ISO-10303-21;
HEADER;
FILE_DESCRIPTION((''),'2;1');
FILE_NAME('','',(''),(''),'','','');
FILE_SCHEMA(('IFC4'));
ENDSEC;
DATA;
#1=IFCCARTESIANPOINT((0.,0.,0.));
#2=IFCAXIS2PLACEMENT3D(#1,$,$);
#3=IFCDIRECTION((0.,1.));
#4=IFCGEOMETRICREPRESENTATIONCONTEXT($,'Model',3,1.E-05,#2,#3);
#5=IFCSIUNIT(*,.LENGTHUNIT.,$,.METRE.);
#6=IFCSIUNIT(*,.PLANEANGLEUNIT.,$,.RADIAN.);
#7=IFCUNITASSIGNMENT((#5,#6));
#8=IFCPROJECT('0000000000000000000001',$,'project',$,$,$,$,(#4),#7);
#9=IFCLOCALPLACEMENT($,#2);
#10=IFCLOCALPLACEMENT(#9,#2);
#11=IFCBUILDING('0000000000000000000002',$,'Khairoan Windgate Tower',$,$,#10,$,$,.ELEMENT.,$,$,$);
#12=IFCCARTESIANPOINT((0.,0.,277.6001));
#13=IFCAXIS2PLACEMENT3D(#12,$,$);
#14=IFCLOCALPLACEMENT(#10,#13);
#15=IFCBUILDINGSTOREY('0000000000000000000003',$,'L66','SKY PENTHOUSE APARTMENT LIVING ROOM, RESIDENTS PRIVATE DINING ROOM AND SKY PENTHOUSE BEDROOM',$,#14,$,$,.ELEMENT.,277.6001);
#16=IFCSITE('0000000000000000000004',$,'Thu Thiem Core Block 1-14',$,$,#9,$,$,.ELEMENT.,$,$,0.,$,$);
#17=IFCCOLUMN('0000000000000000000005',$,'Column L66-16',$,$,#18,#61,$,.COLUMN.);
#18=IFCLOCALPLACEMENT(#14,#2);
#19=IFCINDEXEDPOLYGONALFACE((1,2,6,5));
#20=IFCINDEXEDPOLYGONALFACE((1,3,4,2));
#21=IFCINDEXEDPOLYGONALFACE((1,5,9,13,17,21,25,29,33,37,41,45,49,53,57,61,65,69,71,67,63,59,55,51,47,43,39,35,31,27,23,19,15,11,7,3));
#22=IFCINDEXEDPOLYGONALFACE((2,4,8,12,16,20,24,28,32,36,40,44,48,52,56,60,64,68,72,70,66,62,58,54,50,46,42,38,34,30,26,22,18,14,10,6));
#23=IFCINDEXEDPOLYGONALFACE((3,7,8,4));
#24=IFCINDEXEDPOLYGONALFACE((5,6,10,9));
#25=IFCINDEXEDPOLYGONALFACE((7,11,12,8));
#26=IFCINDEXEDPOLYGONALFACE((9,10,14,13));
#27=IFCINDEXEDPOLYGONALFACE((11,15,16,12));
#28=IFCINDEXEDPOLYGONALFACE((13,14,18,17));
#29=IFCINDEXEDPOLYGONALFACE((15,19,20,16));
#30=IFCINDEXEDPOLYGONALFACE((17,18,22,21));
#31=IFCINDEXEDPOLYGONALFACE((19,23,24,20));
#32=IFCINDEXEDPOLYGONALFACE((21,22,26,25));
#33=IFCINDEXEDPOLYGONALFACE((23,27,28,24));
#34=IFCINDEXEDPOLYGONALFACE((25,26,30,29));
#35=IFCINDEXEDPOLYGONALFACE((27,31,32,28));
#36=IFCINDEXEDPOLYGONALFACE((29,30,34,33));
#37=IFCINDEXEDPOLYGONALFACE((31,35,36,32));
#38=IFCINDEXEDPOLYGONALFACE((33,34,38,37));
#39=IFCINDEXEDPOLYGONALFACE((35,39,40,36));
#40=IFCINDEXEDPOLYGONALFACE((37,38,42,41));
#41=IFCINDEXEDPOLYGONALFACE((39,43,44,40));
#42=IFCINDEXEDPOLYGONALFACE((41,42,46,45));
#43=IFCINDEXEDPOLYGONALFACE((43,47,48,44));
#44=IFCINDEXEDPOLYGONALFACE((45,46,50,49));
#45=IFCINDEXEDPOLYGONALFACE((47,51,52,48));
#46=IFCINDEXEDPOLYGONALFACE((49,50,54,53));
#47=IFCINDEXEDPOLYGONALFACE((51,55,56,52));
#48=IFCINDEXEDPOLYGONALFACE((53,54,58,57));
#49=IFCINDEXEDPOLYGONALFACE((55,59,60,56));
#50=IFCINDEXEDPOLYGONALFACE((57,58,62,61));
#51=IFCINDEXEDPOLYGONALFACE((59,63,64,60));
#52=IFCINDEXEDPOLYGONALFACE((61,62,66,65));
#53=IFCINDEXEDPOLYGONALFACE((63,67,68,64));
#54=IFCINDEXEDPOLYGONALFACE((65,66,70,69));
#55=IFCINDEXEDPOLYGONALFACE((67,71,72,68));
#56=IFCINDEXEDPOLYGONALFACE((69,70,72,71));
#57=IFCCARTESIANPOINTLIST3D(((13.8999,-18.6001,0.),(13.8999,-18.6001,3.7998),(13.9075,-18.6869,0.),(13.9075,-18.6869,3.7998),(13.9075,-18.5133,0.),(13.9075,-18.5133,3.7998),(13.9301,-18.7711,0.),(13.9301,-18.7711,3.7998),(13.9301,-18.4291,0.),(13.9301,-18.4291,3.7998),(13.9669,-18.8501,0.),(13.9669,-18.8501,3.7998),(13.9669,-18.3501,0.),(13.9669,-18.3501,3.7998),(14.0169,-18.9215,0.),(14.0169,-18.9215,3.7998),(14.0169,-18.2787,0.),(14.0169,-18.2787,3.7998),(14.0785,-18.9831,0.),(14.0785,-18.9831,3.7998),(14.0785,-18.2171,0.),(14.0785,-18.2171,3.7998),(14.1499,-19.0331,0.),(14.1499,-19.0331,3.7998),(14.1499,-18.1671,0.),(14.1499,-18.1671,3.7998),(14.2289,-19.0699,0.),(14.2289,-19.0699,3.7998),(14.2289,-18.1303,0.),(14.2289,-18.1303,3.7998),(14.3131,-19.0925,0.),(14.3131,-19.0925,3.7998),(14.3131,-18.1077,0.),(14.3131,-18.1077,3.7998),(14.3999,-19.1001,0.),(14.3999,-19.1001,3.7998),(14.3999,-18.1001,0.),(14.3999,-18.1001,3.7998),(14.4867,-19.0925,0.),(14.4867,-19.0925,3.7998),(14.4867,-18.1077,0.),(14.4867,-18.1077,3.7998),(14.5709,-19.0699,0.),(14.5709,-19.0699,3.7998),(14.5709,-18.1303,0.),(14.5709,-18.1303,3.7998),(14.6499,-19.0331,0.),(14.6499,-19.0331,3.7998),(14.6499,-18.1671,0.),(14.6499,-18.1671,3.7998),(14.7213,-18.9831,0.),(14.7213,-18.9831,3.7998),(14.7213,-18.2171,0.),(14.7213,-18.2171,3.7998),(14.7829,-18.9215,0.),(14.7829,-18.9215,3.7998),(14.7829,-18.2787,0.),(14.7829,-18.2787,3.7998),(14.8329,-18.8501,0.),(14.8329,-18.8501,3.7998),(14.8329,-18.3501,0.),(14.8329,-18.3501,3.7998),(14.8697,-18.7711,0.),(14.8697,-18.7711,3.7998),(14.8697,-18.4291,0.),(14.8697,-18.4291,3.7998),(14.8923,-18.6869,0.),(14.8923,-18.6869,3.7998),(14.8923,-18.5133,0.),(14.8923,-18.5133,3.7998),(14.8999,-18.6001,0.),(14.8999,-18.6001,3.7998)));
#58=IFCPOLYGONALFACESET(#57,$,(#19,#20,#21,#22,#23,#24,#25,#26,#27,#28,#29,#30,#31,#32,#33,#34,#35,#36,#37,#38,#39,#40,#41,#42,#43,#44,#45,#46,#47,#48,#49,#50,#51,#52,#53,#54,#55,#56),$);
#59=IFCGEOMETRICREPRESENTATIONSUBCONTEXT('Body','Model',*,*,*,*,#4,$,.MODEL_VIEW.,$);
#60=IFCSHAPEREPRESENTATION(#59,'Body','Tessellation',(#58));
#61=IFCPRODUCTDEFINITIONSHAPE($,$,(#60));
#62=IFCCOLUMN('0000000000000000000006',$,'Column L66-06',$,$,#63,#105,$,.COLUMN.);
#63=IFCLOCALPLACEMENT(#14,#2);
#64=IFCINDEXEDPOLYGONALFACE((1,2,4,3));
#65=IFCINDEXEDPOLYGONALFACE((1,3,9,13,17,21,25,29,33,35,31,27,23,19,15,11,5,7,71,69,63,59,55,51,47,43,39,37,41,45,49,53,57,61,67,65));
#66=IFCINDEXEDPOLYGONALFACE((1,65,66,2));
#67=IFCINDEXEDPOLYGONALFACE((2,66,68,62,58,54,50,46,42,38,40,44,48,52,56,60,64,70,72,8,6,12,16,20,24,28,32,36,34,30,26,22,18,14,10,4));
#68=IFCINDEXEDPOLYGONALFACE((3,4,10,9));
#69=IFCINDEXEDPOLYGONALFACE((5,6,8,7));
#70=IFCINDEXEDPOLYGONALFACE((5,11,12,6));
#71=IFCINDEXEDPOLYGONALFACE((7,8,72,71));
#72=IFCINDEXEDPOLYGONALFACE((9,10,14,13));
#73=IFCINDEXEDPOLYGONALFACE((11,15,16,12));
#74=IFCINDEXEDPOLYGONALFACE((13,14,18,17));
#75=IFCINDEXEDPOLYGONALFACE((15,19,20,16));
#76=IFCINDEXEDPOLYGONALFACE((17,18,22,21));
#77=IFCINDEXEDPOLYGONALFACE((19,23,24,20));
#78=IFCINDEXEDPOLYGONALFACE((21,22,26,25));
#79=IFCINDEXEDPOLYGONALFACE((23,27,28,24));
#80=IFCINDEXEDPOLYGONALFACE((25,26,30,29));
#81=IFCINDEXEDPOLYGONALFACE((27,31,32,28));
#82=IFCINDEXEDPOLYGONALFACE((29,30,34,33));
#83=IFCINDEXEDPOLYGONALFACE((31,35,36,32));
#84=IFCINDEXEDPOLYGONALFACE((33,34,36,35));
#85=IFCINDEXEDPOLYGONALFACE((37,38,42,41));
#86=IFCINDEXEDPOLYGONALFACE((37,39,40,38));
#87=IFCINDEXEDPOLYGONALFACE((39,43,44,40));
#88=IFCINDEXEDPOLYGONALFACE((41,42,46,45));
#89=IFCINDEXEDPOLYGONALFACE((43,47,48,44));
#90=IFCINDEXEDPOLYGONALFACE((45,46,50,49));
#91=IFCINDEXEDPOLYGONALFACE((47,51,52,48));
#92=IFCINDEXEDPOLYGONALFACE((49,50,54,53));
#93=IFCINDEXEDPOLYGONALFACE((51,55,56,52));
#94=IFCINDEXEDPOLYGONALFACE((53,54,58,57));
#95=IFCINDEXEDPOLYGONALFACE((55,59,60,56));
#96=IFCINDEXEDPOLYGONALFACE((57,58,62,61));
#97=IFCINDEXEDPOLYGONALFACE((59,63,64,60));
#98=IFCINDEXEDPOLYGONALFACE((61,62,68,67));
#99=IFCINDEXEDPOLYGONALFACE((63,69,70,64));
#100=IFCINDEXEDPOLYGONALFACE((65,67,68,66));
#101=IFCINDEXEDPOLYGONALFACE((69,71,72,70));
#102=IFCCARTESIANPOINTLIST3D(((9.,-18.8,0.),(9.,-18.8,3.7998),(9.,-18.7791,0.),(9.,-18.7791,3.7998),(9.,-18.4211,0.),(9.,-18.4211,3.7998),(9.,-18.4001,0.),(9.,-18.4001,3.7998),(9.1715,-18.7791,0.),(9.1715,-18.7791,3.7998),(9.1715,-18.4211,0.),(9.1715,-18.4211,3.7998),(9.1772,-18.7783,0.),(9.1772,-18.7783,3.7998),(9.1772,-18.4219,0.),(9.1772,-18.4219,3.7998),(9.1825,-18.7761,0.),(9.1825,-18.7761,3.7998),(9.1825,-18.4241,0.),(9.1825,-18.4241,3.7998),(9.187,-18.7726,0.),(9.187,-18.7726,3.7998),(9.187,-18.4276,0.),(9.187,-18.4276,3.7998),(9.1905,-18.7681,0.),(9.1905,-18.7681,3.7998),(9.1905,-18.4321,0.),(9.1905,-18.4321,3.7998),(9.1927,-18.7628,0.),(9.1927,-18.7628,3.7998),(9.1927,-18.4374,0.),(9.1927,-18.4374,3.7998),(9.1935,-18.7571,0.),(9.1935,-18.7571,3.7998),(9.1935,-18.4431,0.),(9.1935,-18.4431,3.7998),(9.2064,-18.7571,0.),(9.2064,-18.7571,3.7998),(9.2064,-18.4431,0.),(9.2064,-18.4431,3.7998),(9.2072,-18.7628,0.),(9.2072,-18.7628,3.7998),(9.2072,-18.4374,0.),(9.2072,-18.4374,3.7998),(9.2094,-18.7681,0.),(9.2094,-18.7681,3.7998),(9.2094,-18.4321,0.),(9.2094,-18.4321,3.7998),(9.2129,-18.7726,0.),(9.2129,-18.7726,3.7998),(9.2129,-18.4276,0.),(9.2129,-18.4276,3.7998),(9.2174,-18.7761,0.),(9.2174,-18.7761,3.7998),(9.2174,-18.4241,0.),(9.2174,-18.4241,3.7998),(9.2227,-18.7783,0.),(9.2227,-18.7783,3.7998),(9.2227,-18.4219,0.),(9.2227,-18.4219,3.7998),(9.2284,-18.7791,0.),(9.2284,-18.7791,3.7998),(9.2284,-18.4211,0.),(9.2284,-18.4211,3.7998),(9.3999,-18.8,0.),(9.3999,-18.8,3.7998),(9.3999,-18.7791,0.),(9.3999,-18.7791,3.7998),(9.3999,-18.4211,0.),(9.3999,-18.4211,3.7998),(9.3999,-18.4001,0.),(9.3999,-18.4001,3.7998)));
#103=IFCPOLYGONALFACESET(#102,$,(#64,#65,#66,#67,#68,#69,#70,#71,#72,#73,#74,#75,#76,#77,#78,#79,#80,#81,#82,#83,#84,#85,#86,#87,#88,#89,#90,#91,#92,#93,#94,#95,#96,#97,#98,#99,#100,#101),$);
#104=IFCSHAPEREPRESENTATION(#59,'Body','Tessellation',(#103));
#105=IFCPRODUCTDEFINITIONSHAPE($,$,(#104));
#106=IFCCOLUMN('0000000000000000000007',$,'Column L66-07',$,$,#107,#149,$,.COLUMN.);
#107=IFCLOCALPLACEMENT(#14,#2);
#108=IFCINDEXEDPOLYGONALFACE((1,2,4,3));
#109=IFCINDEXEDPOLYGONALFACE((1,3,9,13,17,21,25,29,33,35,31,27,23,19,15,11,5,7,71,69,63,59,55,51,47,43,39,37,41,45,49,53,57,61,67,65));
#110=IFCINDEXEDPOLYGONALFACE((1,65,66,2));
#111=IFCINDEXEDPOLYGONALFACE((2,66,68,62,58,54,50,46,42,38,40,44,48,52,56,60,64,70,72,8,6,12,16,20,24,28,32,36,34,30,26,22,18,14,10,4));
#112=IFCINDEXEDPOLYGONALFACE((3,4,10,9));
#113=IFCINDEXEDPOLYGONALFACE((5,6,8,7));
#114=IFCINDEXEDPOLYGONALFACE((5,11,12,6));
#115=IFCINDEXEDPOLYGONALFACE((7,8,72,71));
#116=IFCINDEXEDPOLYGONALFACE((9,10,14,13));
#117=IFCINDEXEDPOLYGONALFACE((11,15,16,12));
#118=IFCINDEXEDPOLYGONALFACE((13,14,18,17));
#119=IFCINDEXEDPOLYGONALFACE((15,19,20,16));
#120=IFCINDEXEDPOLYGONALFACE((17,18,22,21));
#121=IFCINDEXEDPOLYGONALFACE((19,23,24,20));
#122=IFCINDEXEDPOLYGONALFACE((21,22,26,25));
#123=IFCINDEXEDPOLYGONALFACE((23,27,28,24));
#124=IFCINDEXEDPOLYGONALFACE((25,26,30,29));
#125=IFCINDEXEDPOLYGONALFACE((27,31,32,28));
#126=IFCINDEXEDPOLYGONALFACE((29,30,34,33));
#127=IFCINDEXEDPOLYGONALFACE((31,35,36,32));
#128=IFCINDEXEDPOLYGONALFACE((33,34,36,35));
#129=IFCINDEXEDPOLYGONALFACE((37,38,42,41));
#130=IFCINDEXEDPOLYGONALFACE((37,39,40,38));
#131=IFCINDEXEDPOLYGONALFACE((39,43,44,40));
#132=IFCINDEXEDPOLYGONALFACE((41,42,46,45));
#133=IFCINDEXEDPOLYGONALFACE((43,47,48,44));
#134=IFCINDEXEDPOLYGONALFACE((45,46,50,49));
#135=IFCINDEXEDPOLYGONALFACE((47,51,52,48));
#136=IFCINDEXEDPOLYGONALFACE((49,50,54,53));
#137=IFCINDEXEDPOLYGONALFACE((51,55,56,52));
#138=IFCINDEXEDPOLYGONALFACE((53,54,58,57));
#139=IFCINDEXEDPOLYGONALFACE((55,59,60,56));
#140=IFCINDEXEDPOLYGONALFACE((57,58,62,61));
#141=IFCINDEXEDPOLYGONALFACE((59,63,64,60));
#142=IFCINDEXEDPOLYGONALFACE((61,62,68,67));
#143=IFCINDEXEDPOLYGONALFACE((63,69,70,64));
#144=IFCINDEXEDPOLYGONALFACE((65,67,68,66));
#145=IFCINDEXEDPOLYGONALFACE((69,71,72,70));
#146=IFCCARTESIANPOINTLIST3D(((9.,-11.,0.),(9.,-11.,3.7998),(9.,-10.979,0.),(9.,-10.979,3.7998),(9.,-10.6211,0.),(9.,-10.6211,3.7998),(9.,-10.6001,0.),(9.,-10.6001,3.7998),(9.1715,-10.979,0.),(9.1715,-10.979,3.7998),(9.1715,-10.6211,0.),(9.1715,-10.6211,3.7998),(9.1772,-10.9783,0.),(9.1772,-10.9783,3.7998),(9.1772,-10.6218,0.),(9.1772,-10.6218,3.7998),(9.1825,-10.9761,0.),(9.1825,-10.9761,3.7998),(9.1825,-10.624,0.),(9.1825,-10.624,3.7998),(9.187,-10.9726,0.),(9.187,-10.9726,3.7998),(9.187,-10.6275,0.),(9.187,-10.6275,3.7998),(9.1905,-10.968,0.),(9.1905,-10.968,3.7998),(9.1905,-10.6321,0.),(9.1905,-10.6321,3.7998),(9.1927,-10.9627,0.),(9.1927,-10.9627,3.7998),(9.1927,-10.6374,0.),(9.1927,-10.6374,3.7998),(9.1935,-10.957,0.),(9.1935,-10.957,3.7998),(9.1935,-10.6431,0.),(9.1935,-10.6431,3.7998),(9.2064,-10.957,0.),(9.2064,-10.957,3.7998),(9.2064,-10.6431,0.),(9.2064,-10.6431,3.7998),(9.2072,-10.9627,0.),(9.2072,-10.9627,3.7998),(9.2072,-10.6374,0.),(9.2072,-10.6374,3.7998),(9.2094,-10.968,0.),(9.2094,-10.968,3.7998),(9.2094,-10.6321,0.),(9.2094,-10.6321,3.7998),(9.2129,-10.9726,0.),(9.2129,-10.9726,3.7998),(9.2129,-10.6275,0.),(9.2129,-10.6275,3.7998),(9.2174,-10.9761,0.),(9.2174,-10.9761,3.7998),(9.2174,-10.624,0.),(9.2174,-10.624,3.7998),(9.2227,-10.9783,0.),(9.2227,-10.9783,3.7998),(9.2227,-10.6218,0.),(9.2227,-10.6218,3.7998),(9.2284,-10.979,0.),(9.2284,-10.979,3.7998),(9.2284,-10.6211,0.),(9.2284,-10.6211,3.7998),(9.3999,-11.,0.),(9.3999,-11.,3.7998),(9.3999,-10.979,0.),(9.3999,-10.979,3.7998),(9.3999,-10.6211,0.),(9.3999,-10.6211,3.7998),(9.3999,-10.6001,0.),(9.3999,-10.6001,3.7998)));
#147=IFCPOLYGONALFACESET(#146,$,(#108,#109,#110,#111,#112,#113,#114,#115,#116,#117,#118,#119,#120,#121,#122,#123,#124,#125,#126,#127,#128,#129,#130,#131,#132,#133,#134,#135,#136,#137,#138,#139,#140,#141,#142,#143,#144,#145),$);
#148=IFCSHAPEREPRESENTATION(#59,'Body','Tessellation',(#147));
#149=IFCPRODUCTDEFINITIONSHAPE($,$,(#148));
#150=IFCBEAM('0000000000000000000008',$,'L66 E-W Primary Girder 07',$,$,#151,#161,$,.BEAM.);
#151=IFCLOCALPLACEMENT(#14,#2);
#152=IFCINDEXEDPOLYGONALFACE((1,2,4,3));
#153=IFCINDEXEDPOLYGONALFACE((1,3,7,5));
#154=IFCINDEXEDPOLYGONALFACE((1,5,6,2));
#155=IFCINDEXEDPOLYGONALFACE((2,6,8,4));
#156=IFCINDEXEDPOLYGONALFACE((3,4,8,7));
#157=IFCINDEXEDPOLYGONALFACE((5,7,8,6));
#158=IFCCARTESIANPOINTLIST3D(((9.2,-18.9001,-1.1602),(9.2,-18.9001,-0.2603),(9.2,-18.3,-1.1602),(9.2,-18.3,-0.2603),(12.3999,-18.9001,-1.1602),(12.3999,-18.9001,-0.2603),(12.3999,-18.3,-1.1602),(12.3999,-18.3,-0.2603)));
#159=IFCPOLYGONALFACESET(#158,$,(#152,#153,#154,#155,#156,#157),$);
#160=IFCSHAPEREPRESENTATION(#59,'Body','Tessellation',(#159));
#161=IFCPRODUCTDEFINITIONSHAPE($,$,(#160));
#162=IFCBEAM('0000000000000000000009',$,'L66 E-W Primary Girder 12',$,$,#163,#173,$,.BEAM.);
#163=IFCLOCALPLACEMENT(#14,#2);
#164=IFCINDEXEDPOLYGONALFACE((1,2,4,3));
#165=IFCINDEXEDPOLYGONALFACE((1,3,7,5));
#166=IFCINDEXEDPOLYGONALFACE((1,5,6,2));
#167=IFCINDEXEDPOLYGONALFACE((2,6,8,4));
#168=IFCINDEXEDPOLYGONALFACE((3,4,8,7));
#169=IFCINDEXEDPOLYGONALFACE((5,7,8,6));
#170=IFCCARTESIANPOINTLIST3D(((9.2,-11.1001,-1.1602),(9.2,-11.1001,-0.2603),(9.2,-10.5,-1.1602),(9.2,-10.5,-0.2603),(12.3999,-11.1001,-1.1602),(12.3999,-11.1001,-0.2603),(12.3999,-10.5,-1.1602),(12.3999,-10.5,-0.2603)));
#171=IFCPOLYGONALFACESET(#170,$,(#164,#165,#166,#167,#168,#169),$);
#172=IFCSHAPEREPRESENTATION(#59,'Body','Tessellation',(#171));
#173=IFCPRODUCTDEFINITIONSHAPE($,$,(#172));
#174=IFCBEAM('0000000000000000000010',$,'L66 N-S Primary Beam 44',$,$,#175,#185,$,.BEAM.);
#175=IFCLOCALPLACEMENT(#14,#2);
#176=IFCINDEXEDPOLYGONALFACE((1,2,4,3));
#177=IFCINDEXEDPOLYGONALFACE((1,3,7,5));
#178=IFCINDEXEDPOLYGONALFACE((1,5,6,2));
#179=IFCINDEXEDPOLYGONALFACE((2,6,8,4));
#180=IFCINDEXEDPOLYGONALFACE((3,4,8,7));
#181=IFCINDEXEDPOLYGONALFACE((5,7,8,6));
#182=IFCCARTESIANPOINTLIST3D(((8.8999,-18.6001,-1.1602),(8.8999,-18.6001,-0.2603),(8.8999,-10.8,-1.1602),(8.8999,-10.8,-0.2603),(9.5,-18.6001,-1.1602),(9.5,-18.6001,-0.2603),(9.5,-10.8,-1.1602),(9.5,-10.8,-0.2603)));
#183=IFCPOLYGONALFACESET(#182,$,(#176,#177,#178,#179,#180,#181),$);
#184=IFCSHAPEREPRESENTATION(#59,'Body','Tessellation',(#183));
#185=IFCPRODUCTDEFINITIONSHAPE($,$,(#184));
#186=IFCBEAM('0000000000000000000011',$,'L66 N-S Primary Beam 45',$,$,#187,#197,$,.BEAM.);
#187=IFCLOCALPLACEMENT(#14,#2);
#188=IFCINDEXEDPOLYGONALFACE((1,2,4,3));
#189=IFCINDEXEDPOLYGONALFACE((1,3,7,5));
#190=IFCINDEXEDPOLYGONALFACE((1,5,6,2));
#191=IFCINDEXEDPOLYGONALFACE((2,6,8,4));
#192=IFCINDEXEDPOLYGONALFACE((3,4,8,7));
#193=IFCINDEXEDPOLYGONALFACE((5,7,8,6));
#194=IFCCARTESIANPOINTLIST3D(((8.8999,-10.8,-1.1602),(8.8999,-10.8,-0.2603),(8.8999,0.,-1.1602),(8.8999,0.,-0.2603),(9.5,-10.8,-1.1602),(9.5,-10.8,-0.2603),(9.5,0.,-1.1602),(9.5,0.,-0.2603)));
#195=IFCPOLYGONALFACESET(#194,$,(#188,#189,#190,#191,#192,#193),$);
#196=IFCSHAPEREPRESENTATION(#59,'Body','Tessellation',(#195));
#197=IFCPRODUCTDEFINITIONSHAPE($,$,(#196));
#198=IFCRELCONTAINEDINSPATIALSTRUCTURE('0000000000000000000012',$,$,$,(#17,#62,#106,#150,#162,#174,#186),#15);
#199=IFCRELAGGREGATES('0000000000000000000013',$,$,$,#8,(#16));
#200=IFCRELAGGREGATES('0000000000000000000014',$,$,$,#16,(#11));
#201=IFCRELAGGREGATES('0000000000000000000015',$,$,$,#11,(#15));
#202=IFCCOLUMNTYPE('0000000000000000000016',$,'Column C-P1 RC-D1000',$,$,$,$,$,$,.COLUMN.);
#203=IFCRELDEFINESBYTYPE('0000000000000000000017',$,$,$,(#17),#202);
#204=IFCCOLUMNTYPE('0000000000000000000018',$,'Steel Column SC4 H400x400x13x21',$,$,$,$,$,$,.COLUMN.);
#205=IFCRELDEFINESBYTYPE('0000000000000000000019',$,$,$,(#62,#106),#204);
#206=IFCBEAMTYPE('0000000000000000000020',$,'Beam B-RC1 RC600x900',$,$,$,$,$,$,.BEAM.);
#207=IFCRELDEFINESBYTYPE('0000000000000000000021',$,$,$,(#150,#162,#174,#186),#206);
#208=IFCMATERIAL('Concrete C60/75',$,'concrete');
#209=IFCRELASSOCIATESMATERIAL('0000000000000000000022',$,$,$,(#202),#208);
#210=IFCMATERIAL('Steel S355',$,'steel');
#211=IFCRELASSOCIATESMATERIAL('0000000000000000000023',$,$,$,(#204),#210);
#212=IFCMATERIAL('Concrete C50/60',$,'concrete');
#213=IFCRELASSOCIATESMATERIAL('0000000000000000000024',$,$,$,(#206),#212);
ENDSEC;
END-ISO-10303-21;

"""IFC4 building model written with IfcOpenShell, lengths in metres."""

from ifc_helpers import new_model, si_unit, direction, frame, origin, origin_2d, place, context, subcontext, project, spatial, rectangle, circle, i_section, extrude, material, material_profile, profile_set, type_object, element, save


model = new_model("IFC4")

# Units and contexts
model_context = context("Model", 3, precision=1e-05, world=origin(), true_north=direction((0.0, 1.0)))
body_context = subcontext(model_context, "Body", "Model", "MODEL_VIEW")
ifc_project = project(units=[si_unit("LENGTHUNIT", "METRE"), si_unit("PLANEANGLEUNIT", "RADIAN")], contexts=[model_context])

# Site, building, storey
site_placement = place(None, origin())
site = spatial("IfcSite", under=ifc_project, at=site_placement, Name="Thu Thiem Core Block 1-14", CompositionType="ELEMENT", RefElevation=0.0)
building_placement = place(site_placement, origin())
building = spatial("IfcBuilding", under=site, at=building_placement, Name="Khairoan Windgate Tower", CompositionType="ELEMENT")
storey_placement = place(building_placement, frame((0.0, 0.0, 277.6001)))
storey = spatial("IfcBuildingStorey", under=building, at=storey_placement, Name="L66", Description="SKY PENTHOUSE APARTMENT LIVING ROOM, RESIDENTS PRIVATE DINING ROOM AND SKY PENTHOUSE BEDROOM", CompositionType="ELEMENT", Elevation=277.6001)

# Columns
ifc_material_1 = material(Name="Concrete C60/75", Category="concrete")
ifc_material_profile_1 = material_profile(ifc_material_1, circle(Radius=0.5, at=origin_2d()))
ifc_profile_set_1 = profile_set([ifc_material_profile_1], Name="Concrete C60/75")
column_type_1 = type_object("IfcColumnType", Name="Column C-P1 RC-D1000", PredefinedType="COLUMN", material=ifc_profile_set_1)
column_placement = place(storey_placement, frame((14.3999, -18.6001, 0.0), z_axis=(0.0, 0.0, 1.0), x_axis=(1.0, 0.0, 0.0)))
element("IfcColumn", 1, at=column_placement, inside=storey, type_object=column_type_1, Name="Column L66-16", PredefinedType="COLUMN", context=body_context, shape_type="SweptSolid", body=[
    extrude(circle(Radius=0.5, at=origin_2d()), origin(), (0.0, 0.0, 1.0), 3.7998),
])
ifc_material_2 = material(Name="Steel S355", Category="steel")
ifc_material_profile_2 = material_profile(ifc_material_2, i_section(OverallWidth=0.3999, OverallDepth=0.3999, WebThickness=0.0129, FlangeThickness=0.021, FilletRadius=0.022, at=origin_2d()))
ifc_profile_set_2 = profile_set([ifc_material_profile_2], Name="Steel S355")
column_type_2 = type_object("IfcColumnType", Name="Steel Column SC4 H400x400x13x21", PredefinedType="COLUMN", material=ifc_profile_set_2)
for number, where, z_axis, x_axis, name in (
    (2, (9.2, -18.6001, 0.0), (0.0, 0.0, 1.0), (1.0, 0.0, 0.0), "Column L66-06"),
    (3, (9.2, -10.8, 0.0), (0.0, 0.0, 1.0), (1.0, 0.0, 0.0), "Column L66-07"),
):
    element("IfcColumn", number, at=place(storey_placement, frame(where, z_axis=z_axis, x_axis=x_axis)), inside=storey, type_object=column_type_2, Name=name, PredefinedType="COLUMN", context=body_context, shape_type="SweptSolid", body=[
        extrude(i_section(OverallWidth=0.3999, OverallDepth=0.3999, WebThickness=0.0129, FlangeThickness=0.021, FilletRadius=0.022, at=origin_2d()), origin(), (0.0, 0.0, 1.0), 3.7998),
    ])

# Beams
ifc_material_3 = material(Name="Concrete C50/60", Category="concrete")
ifc_material_profile_3 = material_profile(ifc_material_3, rectangle(XDim=0.6001, YDim=0.8999, at=origin_2d()))
ifc_profile_set_3 = profile_set([ifc_material_profile_3], Name="Concrete C50/60")
beam_type_1 = type_object("IfcBeamType", Name="Beam B-RC1 RC600x900", PredefinedType="BEAM", material=ifc_profile_set_3)
for number, where, z_axis, x_axis, name in (
    (4, (9.2, -18.6001, -0.7102), (1.0, 0.0, 0.0), (0.0, 1.0, 0.0), "L66 E-W Primary Girder 07"),
    (5, (9.2, -10.8, -0.7102), (1.0, 0.0, 0.0), (0.0, 1.0, 0.0), "L66 E-W Primary Girder 12"),
):
    element("IfcBeam", number, at=place(storey_placement, frame(where, z_axis=z_axis, x_axis=x_axis)), inside=storey, type_object=beam_type_1, Name=name, PredefinedType="BEAM", context=body_context, shape_type="SweptSolid", body=[
        extrude(rectangle(XDim=0.6001, YDim=0.8999, at=origin_2d()), origin(), (0.0, 0.0, 1.0), 3.2),
    ])
beam_1_placement = place(storey_placement, frame((9.2, -18.6001, -0.7102), z_axis=(0.0, 1.0, 0.0), x_axis=(-1.0, 0.0, 0.0)))
element("IfcBeam", 6, at=beam_1_placement, inside=storey, type_object=beam_type_1, Name="L66 N-S Primary Beam 44", PredefinedType="BEAM", context=body_context, shape_type="SweptSolid", body=[
    extrude(rectangle(XDim=0.6001, YDim=0.8999, at=origin_2d()), origin(), (0.0, 0.0, 1.0), 7.8),
])
beam_2_placement = place(storey_placement, frame((9.2, -10.8, -0.7102), z_axis=(0.0, 1.0, 0.0), x_axis=(-1.0, 0.0, 0.0)))
element("IfcBeam", 7, at=beam_2_placement, inside=storey, type_object=beam_type_1, Name="L66 N-S Primary Beam 45", PredefinedType="BEAM", context=body_context, shape_type="SweptSolid", body=[
    extrude(rectangle(XDim=0.6001, YDim=0.8999, at=origin_2d()), origin(), (0.0, 0.0, 1.0), 10.8),
])

save(model, "model.ifc")
